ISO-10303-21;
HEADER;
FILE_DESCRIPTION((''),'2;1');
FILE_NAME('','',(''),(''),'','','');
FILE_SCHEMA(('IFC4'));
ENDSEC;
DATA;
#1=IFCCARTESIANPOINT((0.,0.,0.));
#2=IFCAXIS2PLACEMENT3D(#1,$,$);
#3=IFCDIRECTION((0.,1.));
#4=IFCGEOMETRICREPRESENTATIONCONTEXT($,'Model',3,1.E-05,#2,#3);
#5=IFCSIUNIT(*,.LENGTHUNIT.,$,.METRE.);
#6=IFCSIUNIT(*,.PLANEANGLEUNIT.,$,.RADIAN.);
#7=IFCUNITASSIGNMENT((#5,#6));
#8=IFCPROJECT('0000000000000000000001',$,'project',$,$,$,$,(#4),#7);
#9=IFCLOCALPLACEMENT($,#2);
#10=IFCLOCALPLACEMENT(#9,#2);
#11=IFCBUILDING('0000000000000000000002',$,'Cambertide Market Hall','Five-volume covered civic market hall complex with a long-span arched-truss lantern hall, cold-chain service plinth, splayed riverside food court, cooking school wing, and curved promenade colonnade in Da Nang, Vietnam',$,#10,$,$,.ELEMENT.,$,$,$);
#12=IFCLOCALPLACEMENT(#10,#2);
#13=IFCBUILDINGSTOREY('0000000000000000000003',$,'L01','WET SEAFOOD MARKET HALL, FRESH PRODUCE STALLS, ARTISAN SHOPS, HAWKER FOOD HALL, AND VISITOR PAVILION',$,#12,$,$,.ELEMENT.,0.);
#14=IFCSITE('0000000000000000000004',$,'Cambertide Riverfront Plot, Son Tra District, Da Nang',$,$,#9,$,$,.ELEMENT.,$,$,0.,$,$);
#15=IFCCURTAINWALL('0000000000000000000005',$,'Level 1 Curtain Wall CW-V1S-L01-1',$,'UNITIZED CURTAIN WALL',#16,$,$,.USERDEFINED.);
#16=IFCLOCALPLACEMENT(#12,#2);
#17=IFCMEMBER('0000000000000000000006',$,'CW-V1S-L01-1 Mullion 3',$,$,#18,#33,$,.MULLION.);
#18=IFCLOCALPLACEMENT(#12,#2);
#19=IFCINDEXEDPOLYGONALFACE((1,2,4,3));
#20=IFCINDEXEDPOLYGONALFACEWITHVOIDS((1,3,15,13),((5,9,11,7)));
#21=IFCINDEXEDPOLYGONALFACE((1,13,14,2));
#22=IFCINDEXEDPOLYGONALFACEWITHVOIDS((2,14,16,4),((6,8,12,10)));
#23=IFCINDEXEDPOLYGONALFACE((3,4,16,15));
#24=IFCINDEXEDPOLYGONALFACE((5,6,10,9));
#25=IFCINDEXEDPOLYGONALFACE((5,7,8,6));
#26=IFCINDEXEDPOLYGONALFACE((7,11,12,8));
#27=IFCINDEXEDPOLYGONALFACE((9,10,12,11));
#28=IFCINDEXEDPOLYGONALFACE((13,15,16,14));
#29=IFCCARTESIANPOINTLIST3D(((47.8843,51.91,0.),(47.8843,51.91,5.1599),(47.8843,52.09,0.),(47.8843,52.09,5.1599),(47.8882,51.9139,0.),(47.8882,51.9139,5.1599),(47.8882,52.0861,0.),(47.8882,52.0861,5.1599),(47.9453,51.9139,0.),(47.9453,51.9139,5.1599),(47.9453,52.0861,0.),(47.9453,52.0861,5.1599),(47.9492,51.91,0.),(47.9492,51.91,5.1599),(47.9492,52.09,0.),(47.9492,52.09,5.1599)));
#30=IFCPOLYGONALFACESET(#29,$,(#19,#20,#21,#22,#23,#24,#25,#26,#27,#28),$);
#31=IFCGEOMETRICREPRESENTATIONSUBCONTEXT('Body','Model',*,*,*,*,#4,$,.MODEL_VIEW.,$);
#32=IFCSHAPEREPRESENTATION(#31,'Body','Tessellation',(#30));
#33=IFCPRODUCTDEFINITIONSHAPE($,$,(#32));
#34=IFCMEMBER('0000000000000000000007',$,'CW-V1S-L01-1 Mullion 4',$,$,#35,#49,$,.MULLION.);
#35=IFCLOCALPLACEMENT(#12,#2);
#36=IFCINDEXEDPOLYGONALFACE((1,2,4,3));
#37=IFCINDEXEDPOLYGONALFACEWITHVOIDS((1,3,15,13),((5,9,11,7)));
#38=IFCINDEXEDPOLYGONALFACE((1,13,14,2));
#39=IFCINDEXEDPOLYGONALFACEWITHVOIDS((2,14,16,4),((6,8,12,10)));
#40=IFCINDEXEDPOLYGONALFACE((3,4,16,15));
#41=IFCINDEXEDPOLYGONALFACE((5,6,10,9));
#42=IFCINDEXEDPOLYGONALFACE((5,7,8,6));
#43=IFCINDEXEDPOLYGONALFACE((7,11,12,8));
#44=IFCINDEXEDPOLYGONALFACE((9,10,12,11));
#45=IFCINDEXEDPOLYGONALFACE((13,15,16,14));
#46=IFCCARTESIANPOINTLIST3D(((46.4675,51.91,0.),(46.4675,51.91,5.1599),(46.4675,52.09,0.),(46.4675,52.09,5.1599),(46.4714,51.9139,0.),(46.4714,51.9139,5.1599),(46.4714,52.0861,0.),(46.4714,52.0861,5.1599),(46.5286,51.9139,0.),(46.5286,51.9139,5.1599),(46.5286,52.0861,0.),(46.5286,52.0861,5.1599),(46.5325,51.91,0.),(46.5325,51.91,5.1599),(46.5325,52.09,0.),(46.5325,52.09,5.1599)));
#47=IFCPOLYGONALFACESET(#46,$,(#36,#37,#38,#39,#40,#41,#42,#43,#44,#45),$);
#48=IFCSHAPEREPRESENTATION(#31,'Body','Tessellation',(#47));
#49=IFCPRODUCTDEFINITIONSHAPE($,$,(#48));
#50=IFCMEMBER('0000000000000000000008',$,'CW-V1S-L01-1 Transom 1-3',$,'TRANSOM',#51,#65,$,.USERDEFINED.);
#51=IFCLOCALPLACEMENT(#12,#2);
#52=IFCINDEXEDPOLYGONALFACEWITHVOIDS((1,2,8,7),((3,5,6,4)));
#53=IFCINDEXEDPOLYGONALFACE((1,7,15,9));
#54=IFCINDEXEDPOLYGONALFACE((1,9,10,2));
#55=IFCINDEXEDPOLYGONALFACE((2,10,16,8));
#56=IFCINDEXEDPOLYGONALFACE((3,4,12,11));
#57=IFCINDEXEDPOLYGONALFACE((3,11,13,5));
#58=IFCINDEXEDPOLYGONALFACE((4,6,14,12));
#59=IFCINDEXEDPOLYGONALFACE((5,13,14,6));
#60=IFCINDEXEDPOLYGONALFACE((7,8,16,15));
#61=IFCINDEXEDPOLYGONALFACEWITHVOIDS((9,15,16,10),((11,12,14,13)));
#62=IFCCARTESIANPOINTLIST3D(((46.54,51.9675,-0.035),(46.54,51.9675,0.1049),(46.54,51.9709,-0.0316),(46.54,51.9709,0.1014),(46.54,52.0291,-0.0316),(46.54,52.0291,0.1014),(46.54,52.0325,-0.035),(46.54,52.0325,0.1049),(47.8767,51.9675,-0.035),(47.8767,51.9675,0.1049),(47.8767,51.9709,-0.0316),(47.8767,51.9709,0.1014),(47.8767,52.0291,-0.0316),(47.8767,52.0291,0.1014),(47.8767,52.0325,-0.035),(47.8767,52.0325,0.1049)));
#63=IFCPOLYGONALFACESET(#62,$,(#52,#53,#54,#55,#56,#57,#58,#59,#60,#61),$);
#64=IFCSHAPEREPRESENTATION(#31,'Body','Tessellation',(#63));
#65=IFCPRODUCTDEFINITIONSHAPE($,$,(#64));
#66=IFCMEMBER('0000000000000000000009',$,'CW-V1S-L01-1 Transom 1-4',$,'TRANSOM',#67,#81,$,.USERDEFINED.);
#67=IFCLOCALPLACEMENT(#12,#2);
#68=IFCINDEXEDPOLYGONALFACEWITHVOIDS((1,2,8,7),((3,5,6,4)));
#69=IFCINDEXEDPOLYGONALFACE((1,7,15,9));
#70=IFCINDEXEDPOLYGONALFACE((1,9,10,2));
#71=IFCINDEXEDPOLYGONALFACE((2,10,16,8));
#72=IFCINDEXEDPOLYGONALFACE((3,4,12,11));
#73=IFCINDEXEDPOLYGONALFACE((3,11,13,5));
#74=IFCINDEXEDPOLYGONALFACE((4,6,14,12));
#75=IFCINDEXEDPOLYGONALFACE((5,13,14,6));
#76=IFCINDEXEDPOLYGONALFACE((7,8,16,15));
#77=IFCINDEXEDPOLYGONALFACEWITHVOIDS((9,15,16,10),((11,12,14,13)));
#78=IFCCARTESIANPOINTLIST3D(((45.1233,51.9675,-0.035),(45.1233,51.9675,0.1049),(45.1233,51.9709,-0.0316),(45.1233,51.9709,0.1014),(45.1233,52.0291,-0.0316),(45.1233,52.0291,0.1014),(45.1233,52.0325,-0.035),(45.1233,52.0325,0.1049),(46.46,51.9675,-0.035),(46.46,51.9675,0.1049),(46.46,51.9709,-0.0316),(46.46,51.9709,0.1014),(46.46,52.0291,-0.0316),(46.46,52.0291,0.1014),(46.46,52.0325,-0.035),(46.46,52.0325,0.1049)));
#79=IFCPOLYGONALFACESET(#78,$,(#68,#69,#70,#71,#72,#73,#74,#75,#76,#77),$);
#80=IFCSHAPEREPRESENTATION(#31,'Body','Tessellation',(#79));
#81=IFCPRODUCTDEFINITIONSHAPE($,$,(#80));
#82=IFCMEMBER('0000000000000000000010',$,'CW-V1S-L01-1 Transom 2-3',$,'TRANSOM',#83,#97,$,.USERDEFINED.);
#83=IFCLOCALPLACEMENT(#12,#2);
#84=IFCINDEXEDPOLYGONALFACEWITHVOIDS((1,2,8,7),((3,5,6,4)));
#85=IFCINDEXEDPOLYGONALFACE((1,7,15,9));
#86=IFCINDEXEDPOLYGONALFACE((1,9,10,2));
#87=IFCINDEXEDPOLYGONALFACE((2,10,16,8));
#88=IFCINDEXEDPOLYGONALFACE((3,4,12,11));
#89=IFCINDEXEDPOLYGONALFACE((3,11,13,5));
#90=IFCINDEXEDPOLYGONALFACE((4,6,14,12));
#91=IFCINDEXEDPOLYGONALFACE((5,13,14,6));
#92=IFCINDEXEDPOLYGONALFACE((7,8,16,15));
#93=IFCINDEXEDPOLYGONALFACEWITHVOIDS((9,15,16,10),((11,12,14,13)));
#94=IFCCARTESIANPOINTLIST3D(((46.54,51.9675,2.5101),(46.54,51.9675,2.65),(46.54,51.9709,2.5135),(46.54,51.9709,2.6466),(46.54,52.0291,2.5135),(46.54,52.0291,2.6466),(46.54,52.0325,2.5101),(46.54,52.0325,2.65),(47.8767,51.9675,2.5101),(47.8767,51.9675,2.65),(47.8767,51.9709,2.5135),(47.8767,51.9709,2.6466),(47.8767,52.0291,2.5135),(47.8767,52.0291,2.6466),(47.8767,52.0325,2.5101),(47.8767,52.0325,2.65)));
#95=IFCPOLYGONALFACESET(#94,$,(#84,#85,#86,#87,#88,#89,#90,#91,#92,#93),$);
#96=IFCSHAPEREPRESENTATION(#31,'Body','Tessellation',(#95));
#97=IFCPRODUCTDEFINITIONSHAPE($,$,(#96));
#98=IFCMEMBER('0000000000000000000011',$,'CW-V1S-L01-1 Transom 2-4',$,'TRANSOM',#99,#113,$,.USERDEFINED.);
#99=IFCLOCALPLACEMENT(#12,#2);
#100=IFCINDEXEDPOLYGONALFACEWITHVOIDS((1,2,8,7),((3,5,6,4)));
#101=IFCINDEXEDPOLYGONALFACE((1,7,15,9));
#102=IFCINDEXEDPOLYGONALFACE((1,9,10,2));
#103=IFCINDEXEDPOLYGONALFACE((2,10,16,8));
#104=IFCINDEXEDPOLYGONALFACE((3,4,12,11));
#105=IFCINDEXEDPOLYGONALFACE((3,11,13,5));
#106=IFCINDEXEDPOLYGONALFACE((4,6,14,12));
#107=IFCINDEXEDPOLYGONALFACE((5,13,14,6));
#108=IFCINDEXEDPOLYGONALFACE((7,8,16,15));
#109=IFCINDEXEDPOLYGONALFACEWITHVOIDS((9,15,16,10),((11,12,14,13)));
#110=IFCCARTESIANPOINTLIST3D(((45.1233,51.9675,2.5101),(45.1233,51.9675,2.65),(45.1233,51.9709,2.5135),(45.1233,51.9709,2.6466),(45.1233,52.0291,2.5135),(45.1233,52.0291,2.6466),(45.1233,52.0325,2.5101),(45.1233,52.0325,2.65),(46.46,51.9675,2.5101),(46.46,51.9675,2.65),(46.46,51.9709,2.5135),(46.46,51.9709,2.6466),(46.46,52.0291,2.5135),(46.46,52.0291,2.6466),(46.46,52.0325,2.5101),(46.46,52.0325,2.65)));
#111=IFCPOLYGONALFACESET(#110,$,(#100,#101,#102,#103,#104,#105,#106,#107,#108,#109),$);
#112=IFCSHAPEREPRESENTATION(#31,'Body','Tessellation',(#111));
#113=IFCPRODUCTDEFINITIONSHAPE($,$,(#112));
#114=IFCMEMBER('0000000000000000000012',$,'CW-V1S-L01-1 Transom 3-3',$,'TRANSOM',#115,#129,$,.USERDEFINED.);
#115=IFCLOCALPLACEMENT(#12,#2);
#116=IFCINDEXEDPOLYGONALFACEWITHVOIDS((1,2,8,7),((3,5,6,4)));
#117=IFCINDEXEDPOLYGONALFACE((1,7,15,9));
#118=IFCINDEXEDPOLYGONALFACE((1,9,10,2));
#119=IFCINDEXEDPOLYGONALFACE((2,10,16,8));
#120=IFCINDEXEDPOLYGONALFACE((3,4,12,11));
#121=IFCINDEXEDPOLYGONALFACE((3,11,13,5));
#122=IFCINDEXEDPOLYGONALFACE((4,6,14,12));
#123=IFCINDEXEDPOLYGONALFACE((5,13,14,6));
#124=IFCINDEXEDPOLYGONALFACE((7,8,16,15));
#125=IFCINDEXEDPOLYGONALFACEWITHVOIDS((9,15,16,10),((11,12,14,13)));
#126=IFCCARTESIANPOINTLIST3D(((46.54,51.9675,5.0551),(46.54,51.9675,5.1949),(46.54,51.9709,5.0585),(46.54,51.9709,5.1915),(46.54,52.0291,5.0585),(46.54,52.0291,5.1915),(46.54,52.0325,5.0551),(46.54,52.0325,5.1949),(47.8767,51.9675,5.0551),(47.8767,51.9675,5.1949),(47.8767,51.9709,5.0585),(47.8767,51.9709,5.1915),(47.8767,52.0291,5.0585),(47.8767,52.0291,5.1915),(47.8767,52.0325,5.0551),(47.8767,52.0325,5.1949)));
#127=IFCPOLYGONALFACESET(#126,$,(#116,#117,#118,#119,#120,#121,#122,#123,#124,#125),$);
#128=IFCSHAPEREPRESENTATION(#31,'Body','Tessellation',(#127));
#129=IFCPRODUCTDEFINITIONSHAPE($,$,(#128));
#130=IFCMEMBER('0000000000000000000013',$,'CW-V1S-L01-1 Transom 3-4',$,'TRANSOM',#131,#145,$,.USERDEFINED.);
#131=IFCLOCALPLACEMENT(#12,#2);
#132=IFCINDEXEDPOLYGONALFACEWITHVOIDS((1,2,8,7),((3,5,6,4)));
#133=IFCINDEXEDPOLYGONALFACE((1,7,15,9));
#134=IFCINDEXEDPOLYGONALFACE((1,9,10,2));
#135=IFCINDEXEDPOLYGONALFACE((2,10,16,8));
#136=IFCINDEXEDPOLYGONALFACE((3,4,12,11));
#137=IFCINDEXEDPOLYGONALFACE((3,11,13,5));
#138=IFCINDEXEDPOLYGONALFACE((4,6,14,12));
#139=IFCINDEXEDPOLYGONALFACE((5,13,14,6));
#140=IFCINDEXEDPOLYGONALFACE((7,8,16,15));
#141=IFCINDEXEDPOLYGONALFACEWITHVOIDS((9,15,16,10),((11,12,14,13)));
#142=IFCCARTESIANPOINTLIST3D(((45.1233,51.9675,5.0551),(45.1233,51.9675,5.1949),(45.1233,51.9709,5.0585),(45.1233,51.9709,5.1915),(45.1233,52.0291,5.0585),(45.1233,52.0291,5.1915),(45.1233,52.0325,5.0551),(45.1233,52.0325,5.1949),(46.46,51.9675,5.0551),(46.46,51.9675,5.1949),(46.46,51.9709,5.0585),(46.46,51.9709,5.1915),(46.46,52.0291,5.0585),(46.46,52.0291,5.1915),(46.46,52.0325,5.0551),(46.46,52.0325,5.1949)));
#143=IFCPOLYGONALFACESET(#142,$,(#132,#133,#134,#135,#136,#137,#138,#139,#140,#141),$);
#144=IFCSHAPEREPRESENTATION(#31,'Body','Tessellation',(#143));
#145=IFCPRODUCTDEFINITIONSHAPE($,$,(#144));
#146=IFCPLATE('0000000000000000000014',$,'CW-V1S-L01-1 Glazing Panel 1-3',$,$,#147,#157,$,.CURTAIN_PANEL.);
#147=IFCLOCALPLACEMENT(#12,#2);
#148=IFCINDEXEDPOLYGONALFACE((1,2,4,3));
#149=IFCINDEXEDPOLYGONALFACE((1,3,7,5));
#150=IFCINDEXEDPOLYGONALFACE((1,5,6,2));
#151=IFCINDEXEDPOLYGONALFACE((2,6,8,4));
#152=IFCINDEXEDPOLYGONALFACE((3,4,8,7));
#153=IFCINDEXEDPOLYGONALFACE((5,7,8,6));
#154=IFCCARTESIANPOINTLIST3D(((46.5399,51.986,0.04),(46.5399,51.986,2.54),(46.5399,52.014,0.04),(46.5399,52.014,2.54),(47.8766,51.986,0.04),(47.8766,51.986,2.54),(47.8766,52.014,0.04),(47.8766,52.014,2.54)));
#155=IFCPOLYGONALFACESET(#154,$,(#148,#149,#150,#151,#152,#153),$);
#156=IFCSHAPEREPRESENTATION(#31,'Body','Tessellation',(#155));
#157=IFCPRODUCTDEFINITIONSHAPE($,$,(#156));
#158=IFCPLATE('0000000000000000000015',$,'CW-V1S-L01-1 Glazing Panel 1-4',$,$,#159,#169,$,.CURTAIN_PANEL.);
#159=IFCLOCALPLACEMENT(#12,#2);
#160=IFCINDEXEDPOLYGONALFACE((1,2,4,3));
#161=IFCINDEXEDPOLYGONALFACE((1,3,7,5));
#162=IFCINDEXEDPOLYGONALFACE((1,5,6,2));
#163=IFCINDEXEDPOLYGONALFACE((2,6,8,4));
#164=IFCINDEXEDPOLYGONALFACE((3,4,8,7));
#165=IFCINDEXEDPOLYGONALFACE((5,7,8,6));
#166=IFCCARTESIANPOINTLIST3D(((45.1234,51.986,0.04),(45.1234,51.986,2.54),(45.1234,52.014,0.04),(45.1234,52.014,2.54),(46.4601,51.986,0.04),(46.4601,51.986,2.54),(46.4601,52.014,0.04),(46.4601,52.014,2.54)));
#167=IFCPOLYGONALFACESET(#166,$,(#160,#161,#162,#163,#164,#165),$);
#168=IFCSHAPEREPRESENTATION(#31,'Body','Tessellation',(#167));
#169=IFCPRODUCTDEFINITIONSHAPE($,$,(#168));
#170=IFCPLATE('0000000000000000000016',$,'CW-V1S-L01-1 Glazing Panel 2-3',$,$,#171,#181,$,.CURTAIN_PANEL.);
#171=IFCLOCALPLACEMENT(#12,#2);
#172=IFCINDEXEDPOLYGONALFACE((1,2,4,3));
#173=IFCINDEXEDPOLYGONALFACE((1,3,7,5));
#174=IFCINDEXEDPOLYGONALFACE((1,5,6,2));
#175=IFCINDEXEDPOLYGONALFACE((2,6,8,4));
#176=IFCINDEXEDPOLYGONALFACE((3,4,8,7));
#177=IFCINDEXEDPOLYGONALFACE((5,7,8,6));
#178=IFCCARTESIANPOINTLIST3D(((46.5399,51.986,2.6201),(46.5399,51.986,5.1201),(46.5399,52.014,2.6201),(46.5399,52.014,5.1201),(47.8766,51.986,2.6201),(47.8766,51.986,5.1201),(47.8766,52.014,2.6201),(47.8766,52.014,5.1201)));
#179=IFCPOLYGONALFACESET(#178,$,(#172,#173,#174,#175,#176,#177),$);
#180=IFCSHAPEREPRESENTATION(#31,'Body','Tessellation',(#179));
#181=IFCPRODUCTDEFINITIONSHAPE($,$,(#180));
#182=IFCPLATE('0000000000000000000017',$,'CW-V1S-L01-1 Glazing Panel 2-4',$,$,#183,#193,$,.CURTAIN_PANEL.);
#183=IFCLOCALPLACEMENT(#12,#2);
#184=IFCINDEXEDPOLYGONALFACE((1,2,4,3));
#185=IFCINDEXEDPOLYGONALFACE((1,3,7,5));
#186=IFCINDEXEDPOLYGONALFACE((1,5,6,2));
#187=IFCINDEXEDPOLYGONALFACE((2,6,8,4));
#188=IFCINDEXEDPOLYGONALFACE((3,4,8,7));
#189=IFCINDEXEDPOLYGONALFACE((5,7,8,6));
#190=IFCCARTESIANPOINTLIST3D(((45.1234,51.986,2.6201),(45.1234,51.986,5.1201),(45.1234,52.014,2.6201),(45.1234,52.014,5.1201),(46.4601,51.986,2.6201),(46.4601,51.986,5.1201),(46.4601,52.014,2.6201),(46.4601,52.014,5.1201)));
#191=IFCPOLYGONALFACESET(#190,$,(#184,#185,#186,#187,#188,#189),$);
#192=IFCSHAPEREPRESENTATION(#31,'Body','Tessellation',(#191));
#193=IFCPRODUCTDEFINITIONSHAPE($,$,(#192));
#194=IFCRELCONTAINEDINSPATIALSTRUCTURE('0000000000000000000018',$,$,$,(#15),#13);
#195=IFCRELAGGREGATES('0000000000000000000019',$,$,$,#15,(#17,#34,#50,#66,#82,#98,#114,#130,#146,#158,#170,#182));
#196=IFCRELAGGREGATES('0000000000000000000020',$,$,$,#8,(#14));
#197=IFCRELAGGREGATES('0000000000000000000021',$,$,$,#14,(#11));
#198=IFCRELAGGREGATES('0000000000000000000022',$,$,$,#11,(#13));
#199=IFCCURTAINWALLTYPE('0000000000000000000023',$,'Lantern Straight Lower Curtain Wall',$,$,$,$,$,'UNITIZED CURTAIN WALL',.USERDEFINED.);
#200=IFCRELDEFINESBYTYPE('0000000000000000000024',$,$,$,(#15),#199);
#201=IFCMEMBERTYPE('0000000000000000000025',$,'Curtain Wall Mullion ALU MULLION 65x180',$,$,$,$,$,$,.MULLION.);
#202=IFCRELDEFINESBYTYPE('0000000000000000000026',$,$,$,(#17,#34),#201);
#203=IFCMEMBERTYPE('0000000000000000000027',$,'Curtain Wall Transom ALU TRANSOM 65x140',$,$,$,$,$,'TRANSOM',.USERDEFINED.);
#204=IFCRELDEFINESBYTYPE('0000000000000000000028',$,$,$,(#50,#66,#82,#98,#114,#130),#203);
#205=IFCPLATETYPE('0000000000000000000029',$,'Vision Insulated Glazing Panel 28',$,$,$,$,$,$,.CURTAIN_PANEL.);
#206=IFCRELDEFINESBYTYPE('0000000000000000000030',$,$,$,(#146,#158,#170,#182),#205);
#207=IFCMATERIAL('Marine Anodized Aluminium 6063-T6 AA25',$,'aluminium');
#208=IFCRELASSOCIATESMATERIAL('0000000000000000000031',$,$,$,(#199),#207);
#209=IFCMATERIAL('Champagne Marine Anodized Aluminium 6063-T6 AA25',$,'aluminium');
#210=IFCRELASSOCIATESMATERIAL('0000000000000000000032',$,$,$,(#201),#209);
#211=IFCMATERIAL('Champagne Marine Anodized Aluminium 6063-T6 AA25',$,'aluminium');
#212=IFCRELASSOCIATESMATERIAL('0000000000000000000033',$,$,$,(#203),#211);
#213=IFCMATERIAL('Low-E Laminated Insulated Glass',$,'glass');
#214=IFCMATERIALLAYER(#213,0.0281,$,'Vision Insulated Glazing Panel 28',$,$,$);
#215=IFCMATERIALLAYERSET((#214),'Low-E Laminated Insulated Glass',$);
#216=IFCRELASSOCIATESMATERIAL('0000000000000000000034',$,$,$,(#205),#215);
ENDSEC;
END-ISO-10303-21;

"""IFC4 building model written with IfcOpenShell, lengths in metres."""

from ifc_helpers import new_model, si_unit, direction, frame, origin, origin_2d, place, context, subcontext, project, spatial, rectangle, hollow_rectangle, extrude, material, layer, layer_set, material_profile, profile_set, type_object, element, aggregate, save


model = new_model("IFC4")

# Units and contexts
model_context = context("Model", 3, precision=1e-05, world=origin(), true_north=direction((0.0, 1.0)))
body_context = subcontext(model_context, "Body", "Model", "MODEL_VIEW")
ifc_project = project(units=[si_unit("LENGTHUNIT", "METRE"), si_unit("PLANEANGLEUNIT", "RADIAN")], contexts=[model_context])

# Site, building, storey
site_placement = place(None, origin())
site = spatial("IfcSite", under=ifc_project, at=site_placement, Name="Cambertide Riverfront Plot, Son Tra District, Da Nang", CompositionType="ELEMENT", RefElevation=0.0)
building_placement = place(site_placement, origin())
building = spatial("IfcBuilding", under=site, at=building_placement, Name="Cambertide Market Hall", Description="Five-volume covered civic market hall complex with a long-span arched-truss lantern hall, cold-chain service plinth, splayed riverside food court, cooking school wing, and curved promenade colonnade in Da Nang, Vietnam", CompositionType="ELEMENT")
storey_placement = place(building_placement, origin())
storey = spatial("IfcBuildingStorey", under=building, at=storey_placement, Name="L01", Description="WET SEAFOOD MARKET HALL, FRESH PRODUCE STALLS, ARTISAN SHOPS, HAWKER FOOD HALL, AND VISITOR PAVILION", CompositionType="ELEMENT", Elevation=0.0)

# Curtain wall, members, plates
ifc_material_1 = material(Name="Marine Anodized Aluminium 6063-T6 AA25", Category="aluminium")
curtain_wall_type = type_object("IfcCurtainWallType", Name="Lantern Straight Lower Curtain Wall", ElementType="UNITIZED CURTAIN WALL", PredefinedType="USERDEFINED", material=ifc_material_1)
curtain_wall_placement = place(storey_placement, origin())
curtain_wall = element("IfcCurtainWall", 1, at=curtain_wall_placement, inside=storey, type_object=curtain_wall_type, Name="Level 1 Curtain Wall CW-V1S-L01-1", ObjectType="UNITIZED CURTAIN WALL", PredefinedType="USERDEFINED")
ifc_material_2 = material(Name="Champagne Marine Anodized Aluminium 6063-T6 AA25", Category="aluminium")
ifc_material_profile_1 = material_profile(ifc_material_2, hollow_rectangle(XDim=0.0649, YDim=0.1799, WallThickness=0.0039, at=origin_2d()), Name="ALU MULLION 65x180")
ifc_profile_set_1 = profile_set([ifc_material_profile_1], Name="Champagne Marine Anodized Aluminium 6063-T6 AA25")
member_type_1 = type_object("IfcMemberType", Name="Curtain Wall Mullion ALU MULLION 65x180", PredefinedType="MULLION", material=ifc_profile_set_1)
member_1_placement = place(storey_placement, frame((47.9167, 52.0, 0.0), z_axis=(0.0, 0.0, 1.0), x_axis=(-1.0, 0.0, 0.0)))
member_1 = element("IfcMember", 2, at=member_1_placement, type_object=member_type_1, Name="CW-V1S-L01-1 Mullion 3", PredefinedType="MULLION", context=body_context, shape_type="SweptSolid", body=[
    extrude(hollow_rectangle(XDim=0.0649, YDim=0.1799, WallThickness=0.0039, at=origin_2d()), origin(), (0.0, 0.0, 1.0), 5.1599),
])
member_2_placement = place(storey_placement, frame((46.5, 52.0, 0.0), z_axis=(0.0, 0.0, 1.0), x_axis=(-1.0, 0.0, 0.0)))
member_2 = element("IfcMember", 3, at=member_2_placement, type_object=member_type_1, Name="CW-V1S-L01-1 Mullion 4", PredefinedType="MULLION", context=body_context, shape_type="SweptSolid", body=[
    extrude(hollow_rectangle(XDim=0.0649, YDim=0.1799, WallThickness=0.0039, at=origin_2d()), origin(), (0.0, 0.0, 1.0), 5.1599),
])
ifc_material_3 = material(Name="Champagne Marine Anodized Aluminium 6063-T6 AA25", Category="aluminium")
ifc_material_profile_2 = material_profile(ifc_material_3, hollow_rectangle(XDim=0.0649, YDim=0.1399, WallThickness=0.0034, at=origin_2d()), Name="ALU TRANSOM 65x140")
ifc_profile_set_2 = profile_set([ifc_material_profile_2], Name="Champagne Marine Anodized Aluminium 6063-T6 AA25")
member_type_2 = type_object("IfcMemberType", Name="Curtain Wall Transom ALU TRANSOM 65x140", ElementType="TRANSOM", PredefinedType="USERDEFINED", material=ifc_profile_set_2)
member_3_placement = place(storey_placement, frame((47.8767, 52.0, 0.0349), z_axis=(-1.0, 0.0, 0.0), x_axis=(0.0, -1.0, 0.0)))
member_3 = element("IfcMember", 4, at=member_3_placement, type_object=member_type_2, Name="CW-V1S-L01-1 Transom 1-3", ObjectType="TRANSOM", PredefinedType="USERDEFINED", context=body_context, shape_type="SweptSolid", body=[
    extrude(hollow_rectangle(XDim=0.0649, YDim=0.1399, WallThickness=0.0034, at=origin_2d()), origin(), (0.0, 0.0, 1.0), 1.3367),
])
member_4_placement = place(storey_placement, frame((46.46, 52.0, 0.0349), z_axis=(-1.0, 0.0, 0.0), x_axis=(0.0, -1.0, 0.0)))
member_4 = element("IfcMember", 5, at=member_4_placement, type_object=member_type_2, Name="CW-V1S-L01-1 Transom 1-4", ObjectType="TRANSOM", PredefinedType="USERDEFINED", context=body_context, shape_type="SweptSolid", body=[
    extrude(hollow_rectangle(XDim=0.0649, YDim=0.1399, WallThickness=0.0034, at=origin_2d()), origin(), (0.0, 0.0, 1.0), 1.3367),
])
member_5_placement = place(storey_placement, frame((47.8767, 52.0, 2.5801), z_axis=(-1.0, 0.0, 0.0), x_axis=(0.0, -1.0, 0.0)))
member_5 = element("IfcMember", 6, at=member_5_placement, type_object=member_type_2, Name="CW-V1S-L01-1 Transom 2-3", ObjectType="TRANSOM", PredefinedType="USERDEFINED", context=body_context, shape_type="SweptSolid", body=[
    extrude(hollow_rectangle(XDim=0.0649, YDim=0.1399, WallThickness=0.0034, at=origin_2d()), origin(), (0.0, 0.0, 1.0), 1.3367),
])
member_6_placement = place(storey_placement, frame((46.46, 52.0, 2.5801), z_axis=(-1.0, 0.0, 0.0), x_axis=(0.0, -1.0, 0.0)))
member_6 = element("IfcMember", 7, at=member_6_placement, type_object=member_type_2, Name="CW-V1S-L01-1 Transom 2-4", ObjectType="TRANSOM", PredefinedType="USERDEFINED", context=body_context, shape_type="SweptSolid", body=[
    extrude(hollow_rectangle(XDim=0.0649, YDim=0.1399, WallThickness=0.0034, at=origin_2d()), origin(), (0.0, 0.0, 1.0), 1.3367),
])
member_7_placement = place(storey_placement, frame((47.8767, 52.0, 5.125), z_axis=(-1.0, 0.0, 0.0), x_axis=(0.0, -1.0, 0.0)))
member_7 = element("IfcMember", 8, at=member_7_placement, type_object=member_type_2, Name="CW-V1S-L01-1 Transom 3-3", ObjectType="TRANSOM", PredefinedType="USERDEFINED", context=body_context, shape_type="SweptSolid", body=[
    extrude(hollow_rectangle(XDim=0.0649, YDim=0.1399, WallThickness=0.0034, at=origin_2d()), origin(), (0.0, 0.0, 1.0), 1.3367),
])
member_8_placement = place(storey_placement, frame((46.46, 52.0, 5.125), z_axis=(-1.0, 0.0, 0.0), x_axis=(0.0, -1.0, 0.0)))
member_8 = element("IfcMember", 9, at=member_8_placement, type_object=member_type_2, Name="CW-V1S-L01-1 Transom 3-4", ObjectType="TRANSOM", PredefinedType="USERDEFINED", context=body_context, shape_type="SweptSolid", body=[
    extrude(hollow_rectangle(XDim=0.0649, YDim=0.1399, WallThickness=0.0034, at=origin_2d()), origin(), (0.0, 0.0, 1.0), 1.3367),
])
ifc_material_4 = material(Name="Low-E Laminated Insulated Glass", Category="glass")
ifc_layer_1 = layer(ifc_material_4, 0.0281, Name="Vision Insulated Glazing Panel 28")
ifc_layer_set_1 = layer_set([ifc_layer_1], Name="Low-E Laminated Insulated Glass")
plate_type = type_object("IfcPlateType", Name="Vision Insulated Glazing Panel 28", PredefinedType="CURTAIN_PANEL", material=ifc_layer_set_1)
plate_1_placement = place(storey_placement, frame((47.2083, 52.0, 0.04), z_axis=(0.0, 0.0, 1.0), x_axis=(-1.0, 0.0, 0.0)))
plate_1 = element("IfcPlate", 10, at=plate_1_placement, type_object=plate_type, Name="CW-V1S-L01-1 Glazing Panel 1-3", PredefinedType="CURTAIN_PANEL", context=body_context, shape_type="SweptSolid", body=[
    extrude(rectangle(XDim=1.3367, YDim=0.0281, at=origin_2d()), origin(), (0.0, 0.0, 1.0), 2.5),
])
plate_2_placement = place(storey_placement, frame((45.7917, 52.0, 0.04), z_axis=(0.0, 0.0, 1.0), x_axis=(-1.0, 0.0, 0.0)))
plate_2 = element("IfcPlate", 11, at=plate_2_placement, type_object=plate_type, Name="CW-V1S-L01-1 Glazing Panel 1-4", PredefinedType="CURTAIN_PANEL", context=body_context, shape_type="SweptSolid", body=[
    extrude(rectangle(XDim=1.3367, YDim=0.0281, at=origin_2d()), origin(), (0.0, 0.0, 1.0), 2.5),
])
plate_3_placement = place(storey_placement, frame((47.2083, 52.0, 2.6201), z_axis=(0.0, 0.0, 1.0), x_axis=(-1.0, 0.0, 0.0)))
plate_3 = element("IfcPlate", 12, at=plate_3_placement, type_object=plate_type, Name="CW-V1S-L01-1 Glazing Panel 2-3", PredefinedType="CURTAIN_PANEL", context=body_context, shape_type="SweptSolid", body=[
    extrude(rectangle(XDim=1.3367, YDim=0.0281, at=origin_2d()), origin(), (0.0, 0.0, 1.0), 2.5),
])
plate_4_placement = place(storey_placement, frame((45.7917, 52.0, 2.6201), z_axis=(0.0, 0.0, 1.0), x_axis=(-1.0, 0.0, 0.0)))
plate_4 = element("IfcPlate", 13, at=plate_4_placement, type_object=plate_type, Name="CW-V1S-L01-1 Glazing Panel 2-4", PredefinedType="CURTAIN_PANEL", context=body_context, shape_type="SweptSolid", body=[
    extrude(rectangle(XDim=1.3367, YDim=0.0281, at=origin_2d()), origin(), (0.0, 0.0, 1.0), 2.5),
])
aggregate(curtain_wall, [member_1, member_2, member_3, member_4, member_5, member_6, member_7, member_8, plate_1, plate_2, plate_3, plate_4])

save(model, "model.ifc")
